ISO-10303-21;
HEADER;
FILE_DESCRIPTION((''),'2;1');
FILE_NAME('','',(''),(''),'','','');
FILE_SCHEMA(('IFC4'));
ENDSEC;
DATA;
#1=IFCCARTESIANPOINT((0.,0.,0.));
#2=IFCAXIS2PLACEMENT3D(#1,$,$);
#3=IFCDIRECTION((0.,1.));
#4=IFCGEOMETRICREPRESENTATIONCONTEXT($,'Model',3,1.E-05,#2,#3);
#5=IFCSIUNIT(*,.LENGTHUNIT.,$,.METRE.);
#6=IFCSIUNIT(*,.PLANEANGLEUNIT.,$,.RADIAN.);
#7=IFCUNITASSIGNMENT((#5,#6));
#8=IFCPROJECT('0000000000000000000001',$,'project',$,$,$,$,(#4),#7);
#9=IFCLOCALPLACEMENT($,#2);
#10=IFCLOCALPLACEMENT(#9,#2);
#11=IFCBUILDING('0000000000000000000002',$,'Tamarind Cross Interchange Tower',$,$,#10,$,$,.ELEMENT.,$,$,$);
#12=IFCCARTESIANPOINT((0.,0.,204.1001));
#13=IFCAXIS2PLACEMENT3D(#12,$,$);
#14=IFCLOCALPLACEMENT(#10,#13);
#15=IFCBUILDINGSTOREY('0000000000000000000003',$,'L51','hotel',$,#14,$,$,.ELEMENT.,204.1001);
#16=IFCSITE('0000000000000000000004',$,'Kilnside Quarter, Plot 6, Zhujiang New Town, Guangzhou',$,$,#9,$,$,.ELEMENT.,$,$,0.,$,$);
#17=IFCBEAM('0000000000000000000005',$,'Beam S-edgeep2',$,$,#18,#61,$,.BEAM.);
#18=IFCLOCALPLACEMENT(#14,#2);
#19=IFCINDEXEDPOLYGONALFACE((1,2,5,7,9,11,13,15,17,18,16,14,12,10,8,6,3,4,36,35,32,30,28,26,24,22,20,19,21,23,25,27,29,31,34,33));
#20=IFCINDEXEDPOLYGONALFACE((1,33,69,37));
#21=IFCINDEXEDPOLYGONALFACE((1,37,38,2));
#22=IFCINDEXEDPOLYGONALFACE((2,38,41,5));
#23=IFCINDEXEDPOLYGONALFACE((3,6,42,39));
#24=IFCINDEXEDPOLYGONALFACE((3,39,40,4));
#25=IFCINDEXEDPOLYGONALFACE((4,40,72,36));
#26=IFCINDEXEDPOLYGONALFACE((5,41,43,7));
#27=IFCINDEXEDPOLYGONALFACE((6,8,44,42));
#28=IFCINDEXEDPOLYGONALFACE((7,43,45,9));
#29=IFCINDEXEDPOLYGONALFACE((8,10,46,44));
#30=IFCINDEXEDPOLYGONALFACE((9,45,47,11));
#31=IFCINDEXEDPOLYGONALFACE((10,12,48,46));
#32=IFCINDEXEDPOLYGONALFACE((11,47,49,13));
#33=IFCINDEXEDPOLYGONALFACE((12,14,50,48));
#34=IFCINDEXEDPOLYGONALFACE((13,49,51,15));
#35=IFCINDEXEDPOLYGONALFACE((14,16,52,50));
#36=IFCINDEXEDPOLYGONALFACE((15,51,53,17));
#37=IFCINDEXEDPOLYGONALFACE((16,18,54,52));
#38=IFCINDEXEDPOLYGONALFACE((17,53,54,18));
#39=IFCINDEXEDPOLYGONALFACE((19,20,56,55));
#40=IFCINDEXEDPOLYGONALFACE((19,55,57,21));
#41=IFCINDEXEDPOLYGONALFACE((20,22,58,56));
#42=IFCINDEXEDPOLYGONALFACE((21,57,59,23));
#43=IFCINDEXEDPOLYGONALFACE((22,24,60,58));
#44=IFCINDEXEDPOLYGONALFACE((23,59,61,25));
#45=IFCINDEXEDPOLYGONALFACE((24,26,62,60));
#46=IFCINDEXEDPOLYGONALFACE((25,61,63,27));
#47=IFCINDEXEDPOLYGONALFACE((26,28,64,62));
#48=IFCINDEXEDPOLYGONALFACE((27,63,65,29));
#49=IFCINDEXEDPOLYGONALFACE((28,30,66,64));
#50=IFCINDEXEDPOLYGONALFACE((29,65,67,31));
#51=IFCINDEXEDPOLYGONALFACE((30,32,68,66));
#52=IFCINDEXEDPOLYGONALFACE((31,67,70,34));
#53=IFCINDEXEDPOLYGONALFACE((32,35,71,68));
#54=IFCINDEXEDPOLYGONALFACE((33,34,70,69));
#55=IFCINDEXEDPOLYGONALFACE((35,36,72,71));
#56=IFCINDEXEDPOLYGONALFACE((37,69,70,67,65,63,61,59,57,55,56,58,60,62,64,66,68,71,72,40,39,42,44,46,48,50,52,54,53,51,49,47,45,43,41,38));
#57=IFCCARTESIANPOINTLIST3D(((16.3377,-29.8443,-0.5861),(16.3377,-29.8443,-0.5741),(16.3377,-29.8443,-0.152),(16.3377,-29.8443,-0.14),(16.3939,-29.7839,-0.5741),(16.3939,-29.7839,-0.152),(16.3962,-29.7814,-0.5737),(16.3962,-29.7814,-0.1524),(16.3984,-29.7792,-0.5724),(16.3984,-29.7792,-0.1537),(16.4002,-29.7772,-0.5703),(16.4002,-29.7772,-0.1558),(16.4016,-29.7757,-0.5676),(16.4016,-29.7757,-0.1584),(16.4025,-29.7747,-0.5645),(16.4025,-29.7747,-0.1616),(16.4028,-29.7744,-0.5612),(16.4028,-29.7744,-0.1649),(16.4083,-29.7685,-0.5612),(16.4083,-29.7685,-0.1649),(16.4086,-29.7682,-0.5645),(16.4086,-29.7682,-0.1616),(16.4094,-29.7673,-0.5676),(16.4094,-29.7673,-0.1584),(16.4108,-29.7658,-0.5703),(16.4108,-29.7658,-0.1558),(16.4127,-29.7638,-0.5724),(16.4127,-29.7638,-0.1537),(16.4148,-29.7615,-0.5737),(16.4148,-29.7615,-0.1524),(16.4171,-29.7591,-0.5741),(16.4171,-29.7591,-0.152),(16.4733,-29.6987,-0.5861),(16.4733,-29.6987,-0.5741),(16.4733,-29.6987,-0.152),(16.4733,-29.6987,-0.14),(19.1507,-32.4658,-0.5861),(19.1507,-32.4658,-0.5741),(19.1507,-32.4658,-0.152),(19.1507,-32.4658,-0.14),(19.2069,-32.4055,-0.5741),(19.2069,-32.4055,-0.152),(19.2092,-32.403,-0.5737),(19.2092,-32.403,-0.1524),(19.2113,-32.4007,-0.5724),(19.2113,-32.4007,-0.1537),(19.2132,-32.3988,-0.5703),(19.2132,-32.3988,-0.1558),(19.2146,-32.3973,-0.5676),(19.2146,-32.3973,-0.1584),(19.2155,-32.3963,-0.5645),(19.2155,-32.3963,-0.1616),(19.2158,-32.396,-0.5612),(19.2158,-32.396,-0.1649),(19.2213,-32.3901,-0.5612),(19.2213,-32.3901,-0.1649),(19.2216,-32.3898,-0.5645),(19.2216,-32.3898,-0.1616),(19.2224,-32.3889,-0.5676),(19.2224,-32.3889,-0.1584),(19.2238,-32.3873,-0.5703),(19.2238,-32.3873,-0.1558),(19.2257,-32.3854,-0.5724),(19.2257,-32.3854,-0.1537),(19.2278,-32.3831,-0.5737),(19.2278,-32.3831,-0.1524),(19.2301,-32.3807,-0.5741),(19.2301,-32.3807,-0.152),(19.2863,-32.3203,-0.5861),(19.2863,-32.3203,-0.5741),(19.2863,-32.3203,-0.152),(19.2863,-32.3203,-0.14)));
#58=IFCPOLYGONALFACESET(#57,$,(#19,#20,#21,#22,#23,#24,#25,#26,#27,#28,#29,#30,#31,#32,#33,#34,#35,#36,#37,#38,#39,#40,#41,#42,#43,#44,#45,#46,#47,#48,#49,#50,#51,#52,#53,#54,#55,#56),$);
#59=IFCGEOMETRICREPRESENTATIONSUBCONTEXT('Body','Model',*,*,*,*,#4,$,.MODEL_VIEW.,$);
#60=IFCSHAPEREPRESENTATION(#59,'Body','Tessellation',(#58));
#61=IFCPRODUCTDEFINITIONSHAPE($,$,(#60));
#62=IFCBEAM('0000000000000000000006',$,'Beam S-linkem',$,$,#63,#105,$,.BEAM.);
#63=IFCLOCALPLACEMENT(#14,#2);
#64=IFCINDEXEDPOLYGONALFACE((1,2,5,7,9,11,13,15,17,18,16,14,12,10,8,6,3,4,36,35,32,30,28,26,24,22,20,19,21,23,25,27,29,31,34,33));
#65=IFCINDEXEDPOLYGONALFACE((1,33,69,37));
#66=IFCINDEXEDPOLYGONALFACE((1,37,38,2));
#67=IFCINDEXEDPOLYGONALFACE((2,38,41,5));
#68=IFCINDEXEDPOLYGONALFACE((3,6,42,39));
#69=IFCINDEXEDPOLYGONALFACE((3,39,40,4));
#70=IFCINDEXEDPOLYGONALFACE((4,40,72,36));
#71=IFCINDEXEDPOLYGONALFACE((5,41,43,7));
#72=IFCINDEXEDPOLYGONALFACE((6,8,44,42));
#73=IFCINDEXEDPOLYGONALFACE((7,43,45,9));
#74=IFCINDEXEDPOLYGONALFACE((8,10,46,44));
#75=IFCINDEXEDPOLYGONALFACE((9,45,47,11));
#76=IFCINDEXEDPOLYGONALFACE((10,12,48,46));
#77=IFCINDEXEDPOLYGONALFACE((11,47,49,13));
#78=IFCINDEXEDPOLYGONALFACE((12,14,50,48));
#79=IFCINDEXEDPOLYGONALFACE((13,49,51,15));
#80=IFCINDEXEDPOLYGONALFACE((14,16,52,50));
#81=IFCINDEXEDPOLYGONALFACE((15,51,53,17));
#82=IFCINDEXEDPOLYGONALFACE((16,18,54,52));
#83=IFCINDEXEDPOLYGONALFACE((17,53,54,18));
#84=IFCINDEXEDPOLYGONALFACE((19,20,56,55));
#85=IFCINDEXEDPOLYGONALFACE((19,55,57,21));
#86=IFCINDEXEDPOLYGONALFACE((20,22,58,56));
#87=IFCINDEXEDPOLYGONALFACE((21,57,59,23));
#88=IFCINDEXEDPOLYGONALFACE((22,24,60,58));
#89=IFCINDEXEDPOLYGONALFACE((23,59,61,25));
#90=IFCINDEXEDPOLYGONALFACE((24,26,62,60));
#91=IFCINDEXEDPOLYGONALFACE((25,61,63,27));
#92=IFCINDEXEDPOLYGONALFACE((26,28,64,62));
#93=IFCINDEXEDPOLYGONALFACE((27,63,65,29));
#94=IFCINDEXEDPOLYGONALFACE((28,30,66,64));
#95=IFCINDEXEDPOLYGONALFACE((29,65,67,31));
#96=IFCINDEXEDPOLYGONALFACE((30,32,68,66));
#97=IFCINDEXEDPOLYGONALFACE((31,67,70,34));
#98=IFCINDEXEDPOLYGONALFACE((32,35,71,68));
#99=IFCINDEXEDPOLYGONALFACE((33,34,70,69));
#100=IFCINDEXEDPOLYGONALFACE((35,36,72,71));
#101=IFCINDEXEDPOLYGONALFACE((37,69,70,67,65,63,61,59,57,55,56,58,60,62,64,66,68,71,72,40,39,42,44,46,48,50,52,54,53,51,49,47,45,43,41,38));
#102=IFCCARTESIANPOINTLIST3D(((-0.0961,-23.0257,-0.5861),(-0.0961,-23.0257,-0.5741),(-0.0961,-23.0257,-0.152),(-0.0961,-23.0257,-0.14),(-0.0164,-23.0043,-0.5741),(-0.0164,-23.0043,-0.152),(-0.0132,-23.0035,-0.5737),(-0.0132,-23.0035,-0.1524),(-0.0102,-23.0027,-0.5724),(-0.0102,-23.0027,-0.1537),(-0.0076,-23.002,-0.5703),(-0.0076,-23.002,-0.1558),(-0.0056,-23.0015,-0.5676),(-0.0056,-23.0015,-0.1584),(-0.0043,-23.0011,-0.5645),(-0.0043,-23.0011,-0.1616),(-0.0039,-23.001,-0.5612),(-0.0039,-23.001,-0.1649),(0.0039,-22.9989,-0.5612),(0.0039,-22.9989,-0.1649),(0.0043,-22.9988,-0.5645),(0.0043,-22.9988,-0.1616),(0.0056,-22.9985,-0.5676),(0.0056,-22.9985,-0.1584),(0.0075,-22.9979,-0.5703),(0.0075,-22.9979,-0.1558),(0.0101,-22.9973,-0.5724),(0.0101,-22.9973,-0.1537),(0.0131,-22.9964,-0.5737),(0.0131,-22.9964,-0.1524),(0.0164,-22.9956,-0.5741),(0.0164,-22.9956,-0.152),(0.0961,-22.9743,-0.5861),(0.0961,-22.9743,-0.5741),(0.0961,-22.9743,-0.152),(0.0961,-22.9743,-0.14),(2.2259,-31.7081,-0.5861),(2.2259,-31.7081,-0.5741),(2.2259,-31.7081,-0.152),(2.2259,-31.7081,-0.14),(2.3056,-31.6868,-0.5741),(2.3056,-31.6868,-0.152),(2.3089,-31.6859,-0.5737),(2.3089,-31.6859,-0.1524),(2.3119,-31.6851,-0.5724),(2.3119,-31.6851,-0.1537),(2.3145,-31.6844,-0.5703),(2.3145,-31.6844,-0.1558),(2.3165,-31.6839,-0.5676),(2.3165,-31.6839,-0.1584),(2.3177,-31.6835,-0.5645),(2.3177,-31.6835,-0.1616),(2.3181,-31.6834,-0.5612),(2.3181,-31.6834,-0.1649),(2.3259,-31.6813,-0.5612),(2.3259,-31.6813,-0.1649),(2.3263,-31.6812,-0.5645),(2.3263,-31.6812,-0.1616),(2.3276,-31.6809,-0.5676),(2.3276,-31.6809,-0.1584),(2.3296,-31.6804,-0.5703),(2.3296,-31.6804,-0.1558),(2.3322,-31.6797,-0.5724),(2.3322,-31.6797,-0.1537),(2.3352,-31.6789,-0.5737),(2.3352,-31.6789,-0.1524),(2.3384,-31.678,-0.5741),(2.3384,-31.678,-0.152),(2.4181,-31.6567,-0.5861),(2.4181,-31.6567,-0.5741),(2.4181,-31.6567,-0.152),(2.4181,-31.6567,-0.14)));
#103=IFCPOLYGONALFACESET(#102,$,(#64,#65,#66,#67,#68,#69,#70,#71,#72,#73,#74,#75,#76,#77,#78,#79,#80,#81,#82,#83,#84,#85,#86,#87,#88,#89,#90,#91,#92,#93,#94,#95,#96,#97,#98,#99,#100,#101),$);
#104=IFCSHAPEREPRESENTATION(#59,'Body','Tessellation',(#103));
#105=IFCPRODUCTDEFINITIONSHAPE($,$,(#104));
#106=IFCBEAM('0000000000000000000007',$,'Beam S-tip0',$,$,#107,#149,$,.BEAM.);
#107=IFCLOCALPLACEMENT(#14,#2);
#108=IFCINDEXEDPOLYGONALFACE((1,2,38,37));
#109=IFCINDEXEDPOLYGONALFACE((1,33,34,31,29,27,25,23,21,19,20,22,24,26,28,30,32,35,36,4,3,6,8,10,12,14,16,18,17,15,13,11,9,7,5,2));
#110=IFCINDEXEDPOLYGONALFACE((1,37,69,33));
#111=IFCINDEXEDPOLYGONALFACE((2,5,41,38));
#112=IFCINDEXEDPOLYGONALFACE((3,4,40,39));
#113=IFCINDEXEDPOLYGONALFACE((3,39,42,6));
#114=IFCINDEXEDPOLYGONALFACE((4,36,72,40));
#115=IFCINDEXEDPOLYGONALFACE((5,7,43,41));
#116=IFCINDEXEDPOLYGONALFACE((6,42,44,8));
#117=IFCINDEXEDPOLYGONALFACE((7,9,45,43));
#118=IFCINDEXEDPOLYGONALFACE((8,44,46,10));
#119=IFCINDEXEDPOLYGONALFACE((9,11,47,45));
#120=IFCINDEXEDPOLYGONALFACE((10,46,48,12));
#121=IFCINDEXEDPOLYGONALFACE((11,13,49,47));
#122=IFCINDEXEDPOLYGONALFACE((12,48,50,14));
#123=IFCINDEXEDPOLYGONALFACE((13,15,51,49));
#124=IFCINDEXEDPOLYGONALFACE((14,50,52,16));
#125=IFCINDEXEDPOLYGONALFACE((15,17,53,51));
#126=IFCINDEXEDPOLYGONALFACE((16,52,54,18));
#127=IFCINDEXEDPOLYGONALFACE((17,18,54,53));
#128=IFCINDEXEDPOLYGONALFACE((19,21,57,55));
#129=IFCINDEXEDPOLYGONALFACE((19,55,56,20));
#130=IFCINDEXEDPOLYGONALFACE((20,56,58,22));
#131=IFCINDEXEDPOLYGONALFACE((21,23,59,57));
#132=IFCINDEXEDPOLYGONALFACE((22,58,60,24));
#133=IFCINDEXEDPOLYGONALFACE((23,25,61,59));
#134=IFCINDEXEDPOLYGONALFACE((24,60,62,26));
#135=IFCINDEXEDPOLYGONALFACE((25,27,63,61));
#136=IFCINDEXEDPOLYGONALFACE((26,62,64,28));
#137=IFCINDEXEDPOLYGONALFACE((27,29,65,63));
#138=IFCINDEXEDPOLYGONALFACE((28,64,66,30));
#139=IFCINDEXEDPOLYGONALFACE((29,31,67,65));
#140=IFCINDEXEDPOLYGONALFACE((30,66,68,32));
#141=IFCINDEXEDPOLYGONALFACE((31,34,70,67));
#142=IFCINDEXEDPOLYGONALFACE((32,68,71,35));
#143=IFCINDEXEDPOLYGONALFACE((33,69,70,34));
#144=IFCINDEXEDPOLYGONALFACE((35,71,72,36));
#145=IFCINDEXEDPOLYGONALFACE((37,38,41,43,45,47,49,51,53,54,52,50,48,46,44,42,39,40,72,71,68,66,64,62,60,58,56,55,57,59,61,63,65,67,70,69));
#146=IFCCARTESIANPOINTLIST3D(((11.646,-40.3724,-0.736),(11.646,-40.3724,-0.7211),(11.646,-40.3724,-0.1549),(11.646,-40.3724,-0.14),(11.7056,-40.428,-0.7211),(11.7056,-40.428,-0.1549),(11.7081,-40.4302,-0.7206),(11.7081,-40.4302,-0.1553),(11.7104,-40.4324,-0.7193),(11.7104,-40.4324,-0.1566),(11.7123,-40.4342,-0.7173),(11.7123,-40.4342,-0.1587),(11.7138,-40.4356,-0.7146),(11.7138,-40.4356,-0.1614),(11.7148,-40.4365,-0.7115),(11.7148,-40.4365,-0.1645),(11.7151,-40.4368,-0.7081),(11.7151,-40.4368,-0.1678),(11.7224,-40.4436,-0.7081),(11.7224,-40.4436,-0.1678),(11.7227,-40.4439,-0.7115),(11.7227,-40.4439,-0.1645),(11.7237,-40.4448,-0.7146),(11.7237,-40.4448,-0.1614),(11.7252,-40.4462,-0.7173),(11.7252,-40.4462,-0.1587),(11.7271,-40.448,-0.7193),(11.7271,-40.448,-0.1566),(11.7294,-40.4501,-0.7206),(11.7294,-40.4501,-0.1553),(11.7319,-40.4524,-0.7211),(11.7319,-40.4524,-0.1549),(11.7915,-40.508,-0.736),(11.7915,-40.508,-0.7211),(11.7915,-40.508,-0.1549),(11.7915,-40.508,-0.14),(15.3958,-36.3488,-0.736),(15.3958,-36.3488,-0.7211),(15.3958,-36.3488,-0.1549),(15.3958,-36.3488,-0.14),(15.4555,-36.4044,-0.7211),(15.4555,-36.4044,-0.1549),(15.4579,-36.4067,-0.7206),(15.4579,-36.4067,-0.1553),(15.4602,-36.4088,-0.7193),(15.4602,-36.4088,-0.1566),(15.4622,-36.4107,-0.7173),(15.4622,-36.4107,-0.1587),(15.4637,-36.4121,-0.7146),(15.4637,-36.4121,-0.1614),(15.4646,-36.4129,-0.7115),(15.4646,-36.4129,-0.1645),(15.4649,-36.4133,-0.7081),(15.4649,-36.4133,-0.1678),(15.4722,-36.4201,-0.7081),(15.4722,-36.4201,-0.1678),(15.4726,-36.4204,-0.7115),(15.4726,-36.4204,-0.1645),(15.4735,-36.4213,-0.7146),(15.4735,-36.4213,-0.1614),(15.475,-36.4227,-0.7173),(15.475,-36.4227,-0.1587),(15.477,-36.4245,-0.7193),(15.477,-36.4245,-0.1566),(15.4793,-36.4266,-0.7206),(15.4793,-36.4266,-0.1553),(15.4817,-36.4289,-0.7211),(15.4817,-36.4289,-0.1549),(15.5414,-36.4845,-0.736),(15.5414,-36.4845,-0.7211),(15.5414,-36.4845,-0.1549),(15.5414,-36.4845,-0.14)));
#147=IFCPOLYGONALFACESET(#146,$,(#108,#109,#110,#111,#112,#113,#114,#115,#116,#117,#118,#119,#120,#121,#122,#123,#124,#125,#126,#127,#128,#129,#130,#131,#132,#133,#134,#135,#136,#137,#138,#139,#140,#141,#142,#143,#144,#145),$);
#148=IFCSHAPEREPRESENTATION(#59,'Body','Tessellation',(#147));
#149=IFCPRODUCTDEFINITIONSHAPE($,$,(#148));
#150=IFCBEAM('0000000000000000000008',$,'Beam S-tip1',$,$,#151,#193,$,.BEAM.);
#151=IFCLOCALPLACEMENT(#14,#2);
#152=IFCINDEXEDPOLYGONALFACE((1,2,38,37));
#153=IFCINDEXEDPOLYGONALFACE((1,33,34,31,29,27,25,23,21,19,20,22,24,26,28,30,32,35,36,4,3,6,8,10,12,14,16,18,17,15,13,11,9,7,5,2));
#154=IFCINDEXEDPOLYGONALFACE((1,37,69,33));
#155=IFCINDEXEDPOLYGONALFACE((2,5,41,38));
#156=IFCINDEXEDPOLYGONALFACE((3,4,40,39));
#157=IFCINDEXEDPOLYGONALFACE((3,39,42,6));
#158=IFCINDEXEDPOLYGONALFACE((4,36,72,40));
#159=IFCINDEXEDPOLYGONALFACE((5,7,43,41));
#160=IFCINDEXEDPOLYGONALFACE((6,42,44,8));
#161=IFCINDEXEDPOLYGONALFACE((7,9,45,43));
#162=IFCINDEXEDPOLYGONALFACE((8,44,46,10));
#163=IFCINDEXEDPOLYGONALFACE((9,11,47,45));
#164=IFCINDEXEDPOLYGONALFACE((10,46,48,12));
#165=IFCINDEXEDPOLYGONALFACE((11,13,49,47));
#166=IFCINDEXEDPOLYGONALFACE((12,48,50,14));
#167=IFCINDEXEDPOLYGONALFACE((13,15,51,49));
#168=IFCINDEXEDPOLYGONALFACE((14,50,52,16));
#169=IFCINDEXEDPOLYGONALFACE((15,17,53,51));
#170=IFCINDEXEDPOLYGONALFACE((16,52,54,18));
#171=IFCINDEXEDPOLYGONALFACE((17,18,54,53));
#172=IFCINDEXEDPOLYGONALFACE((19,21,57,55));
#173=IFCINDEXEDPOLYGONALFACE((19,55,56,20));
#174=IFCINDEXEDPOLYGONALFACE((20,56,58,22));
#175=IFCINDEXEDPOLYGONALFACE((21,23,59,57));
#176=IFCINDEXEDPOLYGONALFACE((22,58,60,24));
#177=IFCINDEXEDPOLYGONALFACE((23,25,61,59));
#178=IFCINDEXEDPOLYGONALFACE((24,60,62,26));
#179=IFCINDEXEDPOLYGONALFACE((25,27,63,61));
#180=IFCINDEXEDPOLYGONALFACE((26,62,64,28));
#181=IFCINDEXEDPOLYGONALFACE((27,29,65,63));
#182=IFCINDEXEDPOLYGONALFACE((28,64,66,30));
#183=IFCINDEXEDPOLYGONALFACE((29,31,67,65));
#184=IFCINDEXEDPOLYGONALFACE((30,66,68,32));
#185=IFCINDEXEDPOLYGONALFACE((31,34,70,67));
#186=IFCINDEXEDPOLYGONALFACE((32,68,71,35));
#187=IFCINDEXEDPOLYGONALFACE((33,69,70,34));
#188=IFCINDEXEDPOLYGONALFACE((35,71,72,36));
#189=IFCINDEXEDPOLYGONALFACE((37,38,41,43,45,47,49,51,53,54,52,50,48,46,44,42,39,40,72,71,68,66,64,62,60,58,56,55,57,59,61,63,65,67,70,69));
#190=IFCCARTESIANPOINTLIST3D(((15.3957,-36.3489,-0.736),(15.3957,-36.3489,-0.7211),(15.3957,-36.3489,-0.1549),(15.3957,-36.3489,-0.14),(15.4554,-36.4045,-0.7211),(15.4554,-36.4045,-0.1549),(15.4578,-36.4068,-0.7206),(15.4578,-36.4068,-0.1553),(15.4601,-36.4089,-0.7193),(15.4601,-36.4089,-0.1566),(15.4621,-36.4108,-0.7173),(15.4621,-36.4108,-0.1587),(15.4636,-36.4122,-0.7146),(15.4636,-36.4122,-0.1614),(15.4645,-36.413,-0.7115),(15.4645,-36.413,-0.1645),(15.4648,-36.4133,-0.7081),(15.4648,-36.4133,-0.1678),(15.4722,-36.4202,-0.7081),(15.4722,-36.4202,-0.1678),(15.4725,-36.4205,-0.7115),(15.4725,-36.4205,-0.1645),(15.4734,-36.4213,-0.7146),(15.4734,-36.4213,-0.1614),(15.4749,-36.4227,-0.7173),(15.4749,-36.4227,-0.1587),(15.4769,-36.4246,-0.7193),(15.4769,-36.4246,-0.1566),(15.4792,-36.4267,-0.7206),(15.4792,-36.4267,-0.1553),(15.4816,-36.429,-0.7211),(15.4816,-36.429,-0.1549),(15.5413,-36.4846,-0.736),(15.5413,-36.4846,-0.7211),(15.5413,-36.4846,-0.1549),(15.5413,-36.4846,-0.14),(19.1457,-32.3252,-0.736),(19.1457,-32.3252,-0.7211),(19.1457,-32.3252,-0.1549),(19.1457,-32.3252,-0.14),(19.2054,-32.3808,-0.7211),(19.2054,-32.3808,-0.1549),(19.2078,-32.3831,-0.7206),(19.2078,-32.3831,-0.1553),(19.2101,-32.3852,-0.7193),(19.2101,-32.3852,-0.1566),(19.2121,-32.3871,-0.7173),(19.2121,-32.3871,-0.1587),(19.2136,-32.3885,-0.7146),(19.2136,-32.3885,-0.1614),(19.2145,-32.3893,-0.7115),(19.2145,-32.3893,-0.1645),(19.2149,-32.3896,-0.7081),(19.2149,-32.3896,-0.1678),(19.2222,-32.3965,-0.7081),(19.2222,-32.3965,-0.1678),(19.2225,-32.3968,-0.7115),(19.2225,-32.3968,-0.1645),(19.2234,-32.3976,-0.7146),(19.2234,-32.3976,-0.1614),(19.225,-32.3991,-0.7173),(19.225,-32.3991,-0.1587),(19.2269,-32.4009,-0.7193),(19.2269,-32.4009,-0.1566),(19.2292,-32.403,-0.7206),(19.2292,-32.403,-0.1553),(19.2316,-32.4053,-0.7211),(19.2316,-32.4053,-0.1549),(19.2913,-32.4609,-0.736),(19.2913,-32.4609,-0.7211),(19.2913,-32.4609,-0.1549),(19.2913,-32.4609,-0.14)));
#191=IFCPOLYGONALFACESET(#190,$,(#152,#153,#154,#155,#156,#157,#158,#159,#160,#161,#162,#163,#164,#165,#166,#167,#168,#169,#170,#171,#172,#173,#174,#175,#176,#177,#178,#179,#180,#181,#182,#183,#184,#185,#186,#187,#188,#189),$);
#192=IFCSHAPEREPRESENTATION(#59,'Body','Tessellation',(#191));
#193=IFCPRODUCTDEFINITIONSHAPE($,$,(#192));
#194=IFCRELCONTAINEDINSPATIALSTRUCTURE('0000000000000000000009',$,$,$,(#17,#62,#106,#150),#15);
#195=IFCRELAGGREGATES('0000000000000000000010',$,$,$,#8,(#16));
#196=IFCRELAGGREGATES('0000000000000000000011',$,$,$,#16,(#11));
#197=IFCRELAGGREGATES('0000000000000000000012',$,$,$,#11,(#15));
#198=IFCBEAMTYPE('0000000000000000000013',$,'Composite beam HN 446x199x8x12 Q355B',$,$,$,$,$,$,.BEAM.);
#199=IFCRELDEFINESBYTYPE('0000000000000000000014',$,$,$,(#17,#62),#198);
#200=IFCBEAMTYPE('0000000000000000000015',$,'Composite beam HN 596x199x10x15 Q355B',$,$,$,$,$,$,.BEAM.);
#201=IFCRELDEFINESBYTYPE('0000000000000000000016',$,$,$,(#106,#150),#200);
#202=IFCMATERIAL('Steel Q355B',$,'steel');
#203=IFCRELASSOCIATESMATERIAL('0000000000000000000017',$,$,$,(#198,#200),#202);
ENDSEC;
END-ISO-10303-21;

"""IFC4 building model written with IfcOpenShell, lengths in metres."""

from ifc_helpers import new_model, si_unit, direction, frame, origin, origin_2d, place, context, subcontext, project, spatial, i_section, extrude, material, material_profile, profile_set, type_object, element, save


model = new_model("IFC4")

# Units and contexts
model_context = context("Model", 3, precision=1e-05, world=origin(), true_north=direction((0.0, 1.0)))
body_context = subcontext(model_context, "Body", "Model", "MODEL_VIEW")
ifc_project = project(units=[si_unit("LENGTHUNIT", "METRE"), si_unit("PLANEANGLEUNIT", "RADIAN")], contexts=[model_context])

# Site, building, storey
site_placement = place(None, origin())
site = spatial("IfcSite", under=ifc_project, at=site_placement, Name="Kilnside Quarter, Plot 6, Zhujiang New Town, Guangzhou", CompositionType="ELEMENT", RefElevation=0.0)
building_placement = place(site_placement, origin())
building = spatial("IfcBuilding", under=site, at=building_placement, Name="Tamarind Cross Interchange Tower", CompositionType="ELEMENT")
storey_placement = place(building_placement, frame((0.0, 0.0, 204.1001)))
storey = spatial("IfcBuildingStorey", under=building, at=storey_placement, Name="L51", Description="hotel", CompositionType="ELEMENT", Elevation=204.1001)

# Beams
ifc_material_1 = material(Name="Steel Q355B", Category="steel")
ifc_material_profile_1 = material_profile(ifc_material_1, i_section(OverallWidth=0.199, OverallDepth=0.446, WebThickness=0.0081, FlangeThickness=0.012, FilletRadius=0.0129, at=origin_2d()), Name="HN 446x199x8x12")
ifc_profile_set_1 = profile_set([ifc_material_profile_1], Name="Steel Q355B")
beam_type_1 = type_object("IfcBeamType", Name="Composite beam HN 446x199x8x12 Q355B", PredefinedType="BEAM", material=ifc_profile_set_1)
beam_1_placement = place(storey_placement, frame((19.2185, -32.3931, -0.363), z_axis=(-0.731558, 0.68178, 0.0), x_axis=(-0.68178, -0.731558, 0.0)))
element("IfcBeam", 1, at=beam_1_placement, inside=storey, type_object=beam_type_1, Name="Beam S-edgeep2", PredefinedType="BEAM", context=body_context, shape_type="SweptSolid", body=[
    extrude(i_section(OverallWidth=0.199, OverallDepth=0.446, WebThickness=0.0081, FlangeThickness=0.012, FilletRadius=0.0129, at=origin_2d()), origin(), (0.0, 0.0, 1.0), 3.8452),
])
beam_2_placement = place(storey_placement, frame((2.322, -31.6824, -0.363), z_axis=(-0.258361, 0.966048, 0.0), x_axis=(-0.966048, -0.258361, 0.0)))
element("IfcBeam", 2, at=beam_2_placement, inside=storey, type_object=beam_type_1, Name="Beam S-linkem", PredefinedType="BEAM", context=body_context, shape_type="SweptSolid", body=[
    extrude(i_section(OverallWidth=0.199, OverallDepth=0.446, WebThickness=0.0081, FlangeThickness=0.012, FilletRadius=0.0129, at=origin_2d()), origin(), (0.0, 0.0, 1.0), 8.9875),
])
ifc_material_profile_2 = material_profile(ifc_material_1, i_section(OverallWidth=0.199, OverallDepth=0.5959, WebThickness=0.01, FlangeThickness=0.0149, FilletRadius=0.0129, at=origin_2d()), Name="HN 596x199x10x15")
ifc_profile_set_2 = profile_set([ifc_material_profile_2], Name="Steel Q355B")
beam_type_2 = type_object("IfcBeamType", Name="Composite beam HN 596x199x10x15 Q355B", PredefinedType="BEAM", material=ifc_profile_set_2)
beam_3_placement = place(storey_placement, frame((11.7188, -40.4402, -0.438), z_axis=(0.681788, 0.73155, 0.0), x_axis=(-0.73155, 0.681788, 0.0)))
element("IfcBeam", 3, at=beam_3_placement, inside=storey, type_object=beam_type_2, Name="Beam S-tip0", PredefinedType="BEAM", context=body_context, shape_type="SweptSolid", body=[
    extrude(i_section(OverallWidth=0.199, OverallDepth=0.5959, WebThickness=0.01, FlangeThickness=0.0149, FilletRadius=0.0129, at=origin_2d()), origin(), (0.0, 0.0, 1.0), 5.5),
])
beam_4_placement = place(storey_placement, frame((15.4685, -36.4167, -0.438), z_axis=(0.68179, 0.731548, 0.0), x_axis=(-0.731548, 0.68179, 0.0)))
element("IfcBeam", 4, at=beam_4_placement, inside=storey, type_object=beam_type_2, Name="Beam S-tip1", PredefinedType="BEAM", context=body_context, shape_type="SweptSolid", body=[
    extrude(i_section(OverallWidth=0.199, OverallDepth=0.5959, WebThickness=0.01, FlangeThickness=0.0149, FilletRadius=0.0129, at=origin_2d()), origin(), (0.0, 0.0, 1.0), 5.5002),
])

save(model, "model.ifc")
